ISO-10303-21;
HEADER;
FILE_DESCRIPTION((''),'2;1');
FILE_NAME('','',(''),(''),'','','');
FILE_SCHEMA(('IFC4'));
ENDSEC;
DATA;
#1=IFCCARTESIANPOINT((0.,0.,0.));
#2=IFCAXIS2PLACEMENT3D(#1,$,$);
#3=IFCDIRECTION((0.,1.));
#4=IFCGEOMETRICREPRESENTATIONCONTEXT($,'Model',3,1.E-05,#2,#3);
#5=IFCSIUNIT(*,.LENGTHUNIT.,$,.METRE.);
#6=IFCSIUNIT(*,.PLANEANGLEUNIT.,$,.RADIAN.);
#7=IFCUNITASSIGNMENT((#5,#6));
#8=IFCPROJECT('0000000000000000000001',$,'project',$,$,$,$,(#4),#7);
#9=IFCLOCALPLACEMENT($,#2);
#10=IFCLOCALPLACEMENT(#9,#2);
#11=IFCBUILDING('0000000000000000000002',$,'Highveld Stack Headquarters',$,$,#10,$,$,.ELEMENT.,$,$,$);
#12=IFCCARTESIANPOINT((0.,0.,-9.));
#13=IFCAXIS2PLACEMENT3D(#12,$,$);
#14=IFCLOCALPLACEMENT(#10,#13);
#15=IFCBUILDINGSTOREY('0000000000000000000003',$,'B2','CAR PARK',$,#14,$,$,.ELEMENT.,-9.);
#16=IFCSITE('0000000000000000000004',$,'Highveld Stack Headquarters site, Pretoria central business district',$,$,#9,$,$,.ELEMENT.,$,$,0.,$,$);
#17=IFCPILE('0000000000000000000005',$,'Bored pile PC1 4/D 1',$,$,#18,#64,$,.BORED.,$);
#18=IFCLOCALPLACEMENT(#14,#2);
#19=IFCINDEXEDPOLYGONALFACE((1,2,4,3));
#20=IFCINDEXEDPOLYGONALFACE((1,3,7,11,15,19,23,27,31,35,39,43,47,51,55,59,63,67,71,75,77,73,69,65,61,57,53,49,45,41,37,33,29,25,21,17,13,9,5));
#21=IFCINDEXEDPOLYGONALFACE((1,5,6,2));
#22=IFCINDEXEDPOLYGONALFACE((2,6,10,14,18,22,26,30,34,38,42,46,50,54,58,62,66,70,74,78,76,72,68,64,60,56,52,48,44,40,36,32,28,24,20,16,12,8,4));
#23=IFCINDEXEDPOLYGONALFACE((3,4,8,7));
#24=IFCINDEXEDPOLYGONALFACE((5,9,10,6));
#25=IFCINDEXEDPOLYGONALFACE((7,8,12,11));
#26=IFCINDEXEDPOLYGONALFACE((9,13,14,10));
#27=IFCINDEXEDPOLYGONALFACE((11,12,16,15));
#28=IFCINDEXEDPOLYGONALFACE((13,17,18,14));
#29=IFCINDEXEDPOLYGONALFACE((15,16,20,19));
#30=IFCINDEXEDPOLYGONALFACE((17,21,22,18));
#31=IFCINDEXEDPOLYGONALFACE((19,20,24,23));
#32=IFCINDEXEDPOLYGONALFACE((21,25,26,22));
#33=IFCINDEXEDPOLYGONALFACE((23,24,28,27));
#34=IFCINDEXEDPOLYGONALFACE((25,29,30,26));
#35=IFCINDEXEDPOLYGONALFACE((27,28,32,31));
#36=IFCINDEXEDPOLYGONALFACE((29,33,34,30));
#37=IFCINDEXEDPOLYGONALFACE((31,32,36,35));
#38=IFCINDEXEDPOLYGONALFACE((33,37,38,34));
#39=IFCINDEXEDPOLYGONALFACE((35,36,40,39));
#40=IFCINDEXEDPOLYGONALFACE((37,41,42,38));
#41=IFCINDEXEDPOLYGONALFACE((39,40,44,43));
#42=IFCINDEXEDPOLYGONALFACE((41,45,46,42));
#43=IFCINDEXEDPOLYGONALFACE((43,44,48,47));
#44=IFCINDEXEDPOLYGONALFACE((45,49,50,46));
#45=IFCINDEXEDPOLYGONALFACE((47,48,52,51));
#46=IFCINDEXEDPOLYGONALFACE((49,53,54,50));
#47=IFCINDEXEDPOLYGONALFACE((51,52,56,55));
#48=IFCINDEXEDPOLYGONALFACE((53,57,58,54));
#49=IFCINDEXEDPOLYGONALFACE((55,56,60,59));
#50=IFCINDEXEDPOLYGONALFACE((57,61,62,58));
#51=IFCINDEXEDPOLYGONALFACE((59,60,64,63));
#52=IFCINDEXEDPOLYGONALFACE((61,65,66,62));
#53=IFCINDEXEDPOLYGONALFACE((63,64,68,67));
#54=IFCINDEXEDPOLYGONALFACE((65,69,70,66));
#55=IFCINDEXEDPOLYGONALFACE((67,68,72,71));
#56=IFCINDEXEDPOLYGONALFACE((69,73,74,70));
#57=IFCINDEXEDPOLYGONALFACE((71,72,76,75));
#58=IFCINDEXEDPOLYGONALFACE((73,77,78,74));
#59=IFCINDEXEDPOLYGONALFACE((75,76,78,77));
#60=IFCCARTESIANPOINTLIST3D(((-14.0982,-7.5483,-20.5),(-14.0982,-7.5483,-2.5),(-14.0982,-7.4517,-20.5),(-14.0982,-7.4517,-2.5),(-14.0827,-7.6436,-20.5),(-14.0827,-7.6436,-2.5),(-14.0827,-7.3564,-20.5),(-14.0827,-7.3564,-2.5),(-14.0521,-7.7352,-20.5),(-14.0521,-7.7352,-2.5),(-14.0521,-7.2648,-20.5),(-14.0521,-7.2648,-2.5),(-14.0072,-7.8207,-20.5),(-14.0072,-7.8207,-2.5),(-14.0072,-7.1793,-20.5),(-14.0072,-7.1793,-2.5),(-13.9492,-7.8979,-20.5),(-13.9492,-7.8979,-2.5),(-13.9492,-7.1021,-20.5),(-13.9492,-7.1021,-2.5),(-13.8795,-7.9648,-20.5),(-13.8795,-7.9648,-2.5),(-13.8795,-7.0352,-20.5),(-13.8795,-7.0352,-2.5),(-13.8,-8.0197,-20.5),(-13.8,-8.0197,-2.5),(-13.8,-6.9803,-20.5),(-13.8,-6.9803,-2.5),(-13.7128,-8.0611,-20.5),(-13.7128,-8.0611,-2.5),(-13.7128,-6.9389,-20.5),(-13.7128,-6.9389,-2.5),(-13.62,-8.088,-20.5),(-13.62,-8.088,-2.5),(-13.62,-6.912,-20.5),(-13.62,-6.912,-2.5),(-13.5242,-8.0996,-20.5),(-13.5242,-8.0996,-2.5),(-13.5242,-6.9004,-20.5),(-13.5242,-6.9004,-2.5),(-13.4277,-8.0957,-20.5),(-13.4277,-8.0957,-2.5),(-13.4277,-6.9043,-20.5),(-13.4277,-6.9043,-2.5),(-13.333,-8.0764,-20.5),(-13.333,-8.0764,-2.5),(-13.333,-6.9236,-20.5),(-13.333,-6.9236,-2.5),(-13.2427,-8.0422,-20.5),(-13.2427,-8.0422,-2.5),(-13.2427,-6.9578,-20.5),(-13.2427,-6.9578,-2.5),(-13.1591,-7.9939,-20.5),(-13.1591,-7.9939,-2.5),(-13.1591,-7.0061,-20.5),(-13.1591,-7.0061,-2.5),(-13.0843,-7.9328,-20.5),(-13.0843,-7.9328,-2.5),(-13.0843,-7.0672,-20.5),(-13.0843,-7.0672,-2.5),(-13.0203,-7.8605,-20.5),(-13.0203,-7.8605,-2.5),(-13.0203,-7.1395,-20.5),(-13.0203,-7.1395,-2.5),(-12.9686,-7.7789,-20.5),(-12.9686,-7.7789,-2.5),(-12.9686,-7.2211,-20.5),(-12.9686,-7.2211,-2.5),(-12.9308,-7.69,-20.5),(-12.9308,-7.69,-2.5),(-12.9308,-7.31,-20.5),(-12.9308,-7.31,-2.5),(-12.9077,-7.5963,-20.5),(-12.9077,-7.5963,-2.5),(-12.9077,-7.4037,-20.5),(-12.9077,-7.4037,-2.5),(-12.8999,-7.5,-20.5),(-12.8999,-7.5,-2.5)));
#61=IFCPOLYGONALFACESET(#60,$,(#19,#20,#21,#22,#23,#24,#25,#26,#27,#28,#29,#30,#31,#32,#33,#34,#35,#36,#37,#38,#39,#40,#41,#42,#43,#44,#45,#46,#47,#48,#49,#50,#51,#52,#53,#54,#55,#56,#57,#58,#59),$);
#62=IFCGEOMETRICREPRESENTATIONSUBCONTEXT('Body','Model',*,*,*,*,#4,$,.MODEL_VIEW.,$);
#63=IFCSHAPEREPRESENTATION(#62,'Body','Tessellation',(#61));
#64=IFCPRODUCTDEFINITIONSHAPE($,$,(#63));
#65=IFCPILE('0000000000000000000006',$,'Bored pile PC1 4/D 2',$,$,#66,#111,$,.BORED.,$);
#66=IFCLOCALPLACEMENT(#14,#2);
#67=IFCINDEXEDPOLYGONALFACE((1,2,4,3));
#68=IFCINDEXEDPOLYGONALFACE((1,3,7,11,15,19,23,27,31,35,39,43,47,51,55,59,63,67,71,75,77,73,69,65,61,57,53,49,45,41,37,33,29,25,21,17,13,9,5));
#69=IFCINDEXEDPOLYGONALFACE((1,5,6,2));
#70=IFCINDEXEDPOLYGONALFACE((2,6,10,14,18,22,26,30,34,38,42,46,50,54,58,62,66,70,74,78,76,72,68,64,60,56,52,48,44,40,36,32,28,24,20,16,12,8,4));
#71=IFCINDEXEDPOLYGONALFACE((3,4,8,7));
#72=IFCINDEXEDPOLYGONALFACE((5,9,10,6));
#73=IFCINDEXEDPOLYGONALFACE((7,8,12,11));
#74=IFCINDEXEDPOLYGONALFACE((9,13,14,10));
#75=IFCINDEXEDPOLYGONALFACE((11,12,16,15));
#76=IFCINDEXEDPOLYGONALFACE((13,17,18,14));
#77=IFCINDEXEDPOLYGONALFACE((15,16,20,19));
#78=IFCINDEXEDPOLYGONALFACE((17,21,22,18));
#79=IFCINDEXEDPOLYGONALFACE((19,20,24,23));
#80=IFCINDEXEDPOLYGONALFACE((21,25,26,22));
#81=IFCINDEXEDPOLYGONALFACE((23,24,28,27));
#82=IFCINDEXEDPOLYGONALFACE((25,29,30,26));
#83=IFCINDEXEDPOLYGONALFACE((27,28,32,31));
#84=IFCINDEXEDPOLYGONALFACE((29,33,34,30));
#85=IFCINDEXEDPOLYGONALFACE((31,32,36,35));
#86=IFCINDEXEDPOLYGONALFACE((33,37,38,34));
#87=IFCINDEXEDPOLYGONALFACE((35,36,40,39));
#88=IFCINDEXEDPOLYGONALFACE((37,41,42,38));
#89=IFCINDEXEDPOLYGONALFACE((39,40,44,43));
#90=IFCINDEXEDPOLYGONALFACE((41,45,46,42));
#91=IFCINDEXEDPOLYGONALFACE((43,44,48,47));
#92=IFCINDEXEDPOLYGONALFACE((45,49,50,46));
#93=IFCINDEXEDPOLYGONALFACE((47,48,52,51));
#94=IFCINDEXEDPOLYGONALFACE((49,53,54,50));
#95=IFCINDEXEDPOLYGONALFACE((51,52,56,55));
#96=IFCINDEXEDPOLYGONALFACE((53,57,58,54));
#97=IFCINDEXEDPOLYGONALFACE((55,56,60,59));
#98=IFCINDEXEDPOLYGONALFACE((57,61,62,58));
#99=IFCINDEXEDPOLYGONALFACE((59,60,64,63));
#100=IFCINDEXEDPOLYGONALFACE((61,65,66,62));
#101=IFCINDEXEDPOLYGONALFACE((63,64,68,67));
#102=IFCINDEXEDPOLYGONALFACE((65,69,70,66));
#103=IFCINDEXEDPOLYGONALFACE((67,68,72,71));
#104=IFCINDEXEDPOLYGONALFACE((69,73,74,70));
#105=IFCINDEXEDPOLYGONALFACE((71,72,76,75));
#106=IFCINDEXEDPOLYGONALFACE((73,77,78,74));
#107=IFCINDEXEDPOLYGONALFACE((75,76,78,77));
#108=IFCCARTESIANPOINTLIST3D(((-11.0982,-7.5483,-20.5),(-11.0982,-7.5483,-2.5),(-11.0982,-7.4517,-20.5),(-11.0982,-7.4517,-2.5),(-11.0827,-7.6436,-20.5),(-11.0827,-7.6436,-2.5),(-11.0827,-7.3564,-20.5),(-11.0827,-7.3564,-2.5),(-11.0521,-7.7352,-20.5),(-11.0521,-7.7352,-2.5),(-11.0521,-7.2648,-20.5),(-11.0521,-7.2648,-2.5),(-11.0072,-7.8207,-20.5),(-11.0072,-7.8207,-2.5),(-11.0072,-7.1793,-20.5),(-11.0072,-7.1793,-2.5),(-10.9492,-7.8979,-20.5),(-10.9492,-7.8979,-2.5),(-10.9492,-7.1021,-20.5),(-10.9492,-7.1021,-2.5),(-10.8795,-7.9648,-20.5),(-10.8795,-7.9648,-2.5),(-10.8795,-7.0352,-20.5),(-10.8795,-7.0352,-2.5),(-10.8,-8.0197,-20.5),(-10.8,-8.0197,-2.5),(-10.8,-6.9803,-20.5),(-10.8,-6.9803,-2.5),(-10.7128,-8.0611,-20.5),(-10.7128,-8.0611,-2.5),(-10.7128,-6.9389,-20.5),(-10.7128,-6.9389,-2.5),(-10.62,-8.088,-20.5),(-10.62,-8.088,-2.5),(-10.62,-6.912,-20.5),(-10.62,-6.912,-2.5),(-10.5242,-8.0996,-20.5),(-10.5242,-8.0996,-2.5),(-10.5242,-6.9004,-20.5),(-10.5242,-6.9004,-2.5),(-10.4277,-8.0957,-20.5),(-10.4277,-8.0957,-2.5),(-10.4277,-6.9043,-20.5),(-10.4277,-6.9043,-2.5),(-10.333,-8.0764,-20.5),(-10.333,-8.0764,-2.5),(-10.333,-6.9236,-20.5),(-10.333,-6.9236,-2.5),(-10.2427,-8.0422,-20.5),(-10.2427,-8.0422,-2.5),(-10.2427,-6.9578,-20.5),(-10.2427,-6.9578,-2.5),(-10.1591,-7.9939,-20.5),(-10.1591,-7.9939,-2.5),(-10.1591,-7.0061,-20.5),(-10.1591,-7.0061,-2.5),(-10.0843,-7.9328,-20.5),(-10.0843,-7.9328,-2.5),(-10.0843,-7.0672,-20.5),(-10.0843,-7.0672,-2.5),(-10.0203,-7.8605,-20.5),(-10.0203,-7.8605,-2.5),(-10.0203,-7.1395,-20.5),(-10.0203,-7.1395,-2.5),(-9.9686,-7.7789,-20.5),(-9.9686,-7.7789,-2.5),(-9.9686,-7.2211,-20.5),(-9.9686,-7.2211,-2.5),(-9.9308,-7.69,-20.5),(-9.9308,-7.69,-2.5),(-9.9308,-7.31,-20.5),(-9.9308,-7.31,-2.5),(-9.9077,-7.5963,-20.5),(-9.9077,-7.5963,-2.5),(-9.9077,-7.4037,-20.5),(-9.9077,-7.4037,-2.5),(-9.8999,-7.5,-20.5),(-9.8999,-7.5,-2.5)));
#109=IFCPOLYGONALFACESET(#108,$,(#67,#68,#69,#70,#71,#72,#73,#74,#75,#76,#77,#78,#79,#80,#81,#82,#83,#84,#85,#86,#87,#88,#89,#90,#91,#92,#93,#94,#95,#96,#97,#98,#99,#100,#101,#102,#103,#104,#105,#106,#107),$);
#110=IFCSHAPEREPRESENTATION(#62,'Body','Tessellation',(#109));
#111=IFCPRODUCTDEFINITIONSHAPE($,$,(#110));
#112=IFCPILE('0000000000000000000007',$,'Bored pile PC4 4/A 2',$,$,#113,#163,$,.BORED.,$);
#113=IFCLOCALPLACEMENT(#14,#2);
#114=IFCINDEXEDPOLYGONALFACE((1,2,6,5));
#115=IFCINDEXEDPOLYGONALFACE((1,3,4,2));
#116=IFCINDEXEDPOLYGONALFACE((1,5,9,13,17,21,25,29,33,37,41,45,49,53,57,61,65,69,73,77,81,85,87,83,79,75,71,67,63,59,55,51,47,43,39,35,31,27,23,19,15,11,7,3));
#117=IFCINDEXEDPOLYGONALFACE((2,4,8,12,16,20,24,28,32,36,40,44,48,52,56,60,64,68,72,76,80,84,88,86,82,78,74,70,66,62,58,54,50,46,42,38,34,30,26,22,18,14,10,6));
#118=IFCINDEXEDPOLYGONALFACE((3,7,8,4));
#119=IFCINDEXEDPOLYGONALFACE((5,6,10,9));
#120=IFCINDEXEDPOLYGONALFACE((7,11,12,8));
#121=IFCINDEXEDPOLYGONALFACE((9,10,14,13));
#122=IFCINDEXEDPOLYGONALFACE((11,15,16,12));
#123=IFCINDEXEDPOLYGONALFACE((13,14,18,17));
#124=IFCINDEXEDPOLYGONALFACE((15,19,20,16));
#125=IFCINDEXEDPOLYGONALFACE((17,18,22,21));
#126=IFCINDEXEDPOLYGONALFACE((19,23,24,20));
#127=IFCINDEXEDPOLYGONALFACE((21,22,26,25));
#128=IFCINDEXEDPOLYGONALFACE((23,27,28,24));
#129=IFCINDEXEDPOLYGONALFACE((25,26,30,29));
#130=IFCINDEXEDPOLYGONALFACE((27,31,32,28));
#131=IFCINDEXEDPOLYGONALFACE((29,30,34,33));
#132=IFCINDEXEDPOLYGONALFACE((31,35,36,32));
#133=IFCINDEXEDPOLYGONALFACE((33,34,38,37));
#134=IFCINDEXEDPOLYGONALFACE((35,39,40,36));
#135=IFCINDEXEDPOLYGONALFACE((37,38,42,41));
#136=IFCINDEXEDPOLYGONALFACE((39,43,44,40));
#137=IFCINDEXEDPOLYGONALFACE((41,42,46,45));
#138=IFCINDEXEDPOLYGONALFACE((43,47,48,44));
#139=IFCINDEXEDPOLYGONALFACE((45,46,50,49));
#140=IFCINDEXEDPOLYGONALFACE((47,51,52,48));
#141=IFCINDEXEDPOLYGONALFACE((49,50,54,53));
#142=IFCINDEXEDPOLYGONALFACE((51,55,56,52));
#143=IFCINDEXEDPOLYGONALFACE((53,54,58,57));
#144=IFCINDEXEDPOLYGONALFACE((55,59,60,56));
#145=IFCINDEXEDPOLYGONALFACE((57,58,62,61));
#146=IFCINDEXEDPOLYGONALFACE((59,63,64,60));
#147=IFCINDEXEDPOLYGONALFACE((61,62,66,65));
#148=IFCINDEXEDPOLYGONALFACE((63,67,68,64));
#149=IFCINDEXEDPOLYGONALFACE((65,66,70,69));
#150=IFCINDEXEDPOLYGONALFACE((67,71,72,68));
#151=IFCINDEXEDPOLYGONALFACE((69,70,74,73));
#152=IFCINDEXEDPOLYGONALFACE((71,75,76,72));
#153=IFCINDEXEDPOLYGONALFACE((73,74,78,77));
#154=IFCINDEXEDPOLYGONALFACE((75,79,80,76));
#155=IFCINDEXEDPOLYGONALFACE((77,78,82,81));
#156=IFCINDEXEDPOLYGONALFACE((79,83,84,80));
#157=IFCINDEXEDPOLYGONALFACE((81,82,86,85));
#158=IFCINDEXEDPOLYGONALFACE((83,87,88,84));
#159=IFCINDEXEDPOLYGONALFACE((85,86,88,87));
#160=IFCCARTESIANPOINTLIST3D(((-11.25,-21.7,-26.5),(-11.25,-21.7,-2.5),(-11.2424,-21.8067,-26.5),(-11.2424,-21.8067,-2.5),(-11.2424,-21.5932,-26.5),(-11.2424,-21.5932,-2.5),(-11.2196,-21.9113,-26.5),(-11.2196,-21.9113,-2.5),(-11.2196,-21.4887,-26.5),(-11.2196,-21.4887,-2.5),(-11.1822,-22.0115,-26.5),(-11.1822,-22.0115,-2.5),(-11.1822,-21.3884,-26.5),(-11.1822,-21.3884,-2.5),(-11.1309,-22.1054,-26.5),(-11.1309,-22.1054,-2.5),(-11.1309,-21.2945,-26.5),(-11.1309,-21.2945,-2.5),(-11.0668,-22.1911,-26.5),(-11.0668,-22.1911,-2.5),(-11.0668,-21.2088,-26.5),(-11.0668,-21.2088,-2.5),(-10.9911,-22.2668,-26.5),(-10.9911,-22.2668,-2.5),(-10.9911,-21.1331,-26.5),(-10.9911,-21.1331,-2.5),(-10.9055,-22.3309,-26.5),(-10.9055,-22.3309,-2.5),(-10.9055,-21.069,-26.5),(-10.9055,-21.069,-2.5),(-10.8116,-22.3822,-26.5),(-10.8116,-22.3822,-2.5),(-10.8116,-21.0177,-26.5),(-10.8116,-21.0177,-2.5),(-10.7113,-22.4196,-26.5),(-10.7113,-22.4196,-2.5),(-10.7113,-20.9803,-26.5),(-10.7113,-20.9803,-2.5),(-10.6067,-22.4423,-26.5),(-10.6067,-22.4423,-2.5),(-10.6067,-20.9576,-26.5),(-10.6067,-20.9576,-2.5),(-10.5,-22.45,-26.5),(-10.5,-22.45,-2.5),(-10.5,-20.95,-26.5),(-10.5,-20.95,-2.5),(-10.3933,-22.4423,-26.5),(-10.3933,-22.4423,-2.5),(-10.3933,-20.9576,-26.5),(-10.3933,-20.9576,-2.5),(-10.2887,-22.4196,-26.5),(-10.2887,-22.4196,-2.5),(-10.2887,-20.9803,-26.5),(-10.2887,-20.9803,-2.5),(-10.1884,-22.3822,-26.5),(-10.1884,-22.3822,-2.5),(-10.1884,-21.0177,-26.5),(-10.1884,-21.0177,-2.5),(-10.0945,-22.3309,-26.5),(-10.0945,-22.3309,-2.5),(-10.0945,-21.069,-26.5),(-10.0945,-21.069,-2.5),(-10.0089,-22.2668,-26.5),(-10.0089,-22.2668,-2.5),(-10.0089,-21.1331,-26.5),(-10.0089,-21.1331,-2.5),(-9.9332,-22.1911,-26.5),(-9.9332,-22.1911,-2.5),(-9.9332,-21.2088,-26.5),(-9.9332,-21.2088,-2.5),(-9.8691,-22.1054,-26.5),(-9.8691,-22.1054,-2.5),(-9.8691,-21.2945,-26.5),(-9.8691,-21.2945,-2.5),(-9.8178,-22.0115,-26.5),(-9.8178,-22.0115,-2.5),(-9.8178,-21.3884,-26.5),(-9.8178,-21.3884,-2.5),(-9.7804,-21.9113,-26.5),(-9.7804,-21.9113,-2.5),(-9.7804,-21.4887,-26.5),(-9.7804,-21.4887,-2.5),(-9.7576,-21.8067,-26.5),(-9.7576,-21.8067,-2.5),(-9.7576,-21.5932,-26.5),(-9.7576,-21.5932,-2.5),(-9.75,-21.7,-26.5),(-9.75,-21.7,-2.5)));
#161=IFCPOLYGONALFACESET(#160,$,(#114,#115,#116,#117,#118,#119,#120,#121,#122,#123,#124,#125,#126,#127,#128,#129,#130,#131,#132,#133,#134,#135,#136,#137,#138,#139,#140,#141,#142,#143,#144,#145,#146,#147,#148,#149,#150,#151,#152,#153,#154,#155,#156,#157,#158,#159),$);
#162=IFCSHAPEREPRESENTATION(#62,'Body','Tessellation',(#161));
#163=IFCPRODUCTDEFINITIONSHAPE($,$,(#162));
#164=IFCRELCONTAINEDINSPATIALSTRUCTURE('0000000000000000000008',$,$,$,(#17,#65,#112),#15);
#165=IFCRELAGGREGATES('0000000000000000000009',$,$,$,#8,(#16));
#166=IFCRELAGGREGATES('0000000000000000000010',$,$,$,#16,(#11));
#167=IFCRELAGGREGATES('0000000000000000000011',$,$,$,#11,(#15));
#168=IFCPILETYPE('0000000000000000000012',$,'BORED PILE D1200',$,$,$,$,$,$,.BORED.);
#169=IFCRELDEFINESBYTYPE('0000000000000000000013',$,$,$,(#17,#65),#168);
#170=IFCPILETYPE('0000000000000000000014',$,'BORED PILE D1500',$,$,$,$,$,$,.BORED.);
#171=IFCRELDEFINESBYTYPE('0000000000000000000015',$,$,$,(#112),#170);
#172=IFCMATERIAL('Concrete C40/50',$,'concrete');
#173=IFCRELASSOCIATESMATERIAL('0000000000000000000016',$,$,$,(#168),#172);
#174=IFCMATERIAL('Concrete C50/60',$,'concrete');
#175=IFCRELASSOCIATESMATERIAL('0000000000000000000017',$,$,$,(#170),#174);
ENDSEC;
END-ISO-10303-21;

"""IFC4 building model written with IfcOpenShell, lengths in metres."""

from ifc_helpers import new_model, si_unit, direction, frame, origin, origin_2d, place, context, subcontext, project, spatial, circle, extrude, material, type_object, element, save


model = new_model("IFC4")

# Units and contexts
model_context = context("Model", 3, precision=1e-05, world=origin(), true_north=direction((0.0, 1.0)))
body_context = subcontext(model_context, "Body", "Model", "MODEL_VIEW")
ifc_project = project(units=[si_unit("LENGTHUNIT", "METRE"), si_unit("PLANEANGLEUNIT", "RADIAN")], contexts=[model_context])

# Site, building, storey
site_placement = place(None, origin())
site = spatial("IfcSite", under=ifc_project, at=site_placement, Name="Highveld Stack Headquarters site, Pretoria central business district", CompositionType="ELEMENT", RefElevation=0.0)
building_placement = place(site_placement, origin())
building = spatial("IfcBuilding", under=site, at=building_placement, Name="Highveld Stack Headquarters", CompositionType="ELEMENT")
storey_placement = place(building_placement, frame((0.0, 0.0, -9.0)))
storey = spatial("IfcBuildingStorey", under=building, at=storey_placement, Name="B2", Description="CAR PARK", CompositionType="ELEMENT", Elevation=-9.0)

# Piles
ifc_material_1 = material(Name="Concrete C40/50", Category="concrete")
pile_type_1 = type_object("IfcPileType", Name="BORED PILE D1200", PredefinedType="BORED", material=ifc_material_1)
for number, where, z_axis, x_axis, name in (
    (1, (-13.5, -7.5, -2.5), (0.0, 0.0, -1.0), (1.0, 0.0, 0.0), "Bored pile PC1 4/D 1"),
    (2, (-10.5, -7.5, -2.5), (0.0, 0.0, -1.0), (1.0, 0.0, 0.0), "Bored pile PC1 4/D 2"),
):
    element("IfcPile", number, at=place(storey_placement, frame(where, z_axis=z_axis, x_axis=x_axis)), inside=storey, type_object=pile_type_1, Name=name, PredefinedType="BORED", context=body_context, shape_type="SweptSolid", body=[
        extrude(circle(Radius=0.6001, at=origin_2d()), origin(), (0.0, 0.0, 1.0), 18.0),
    ])
ifc_material_2 = material(Name="Concrete C50/60", Category="concrete")
pile_type_2 = type_object("IfcPileType", Name="BORED PILE D1500", PredefinedType="BORED", material=ifc_material_2)
for number, where, z_axis, x_axis, name in (
    (3, (-10.5, -21.7, -2.5), (0.0, 0.0, -1.0), (1.0, 0.0, 0.0), "Bored pile PC4 4/A 2"),
):
    element("IfcPile", number, at=place(storey_placement, frame(where, z_axis=z_axis, x_axis=x_axis)), inside=storey, type_object=pile_type_2, Name=name, PredefinedType="BORED", context=body_context, shape_type="SweptSolid", body=[
        extrude(circle(Radius=0.75, at=origin_2d()), origin(), (0.0, 0.0, 1.0), 24.0),
    ])

save(model, "model.ifc")
